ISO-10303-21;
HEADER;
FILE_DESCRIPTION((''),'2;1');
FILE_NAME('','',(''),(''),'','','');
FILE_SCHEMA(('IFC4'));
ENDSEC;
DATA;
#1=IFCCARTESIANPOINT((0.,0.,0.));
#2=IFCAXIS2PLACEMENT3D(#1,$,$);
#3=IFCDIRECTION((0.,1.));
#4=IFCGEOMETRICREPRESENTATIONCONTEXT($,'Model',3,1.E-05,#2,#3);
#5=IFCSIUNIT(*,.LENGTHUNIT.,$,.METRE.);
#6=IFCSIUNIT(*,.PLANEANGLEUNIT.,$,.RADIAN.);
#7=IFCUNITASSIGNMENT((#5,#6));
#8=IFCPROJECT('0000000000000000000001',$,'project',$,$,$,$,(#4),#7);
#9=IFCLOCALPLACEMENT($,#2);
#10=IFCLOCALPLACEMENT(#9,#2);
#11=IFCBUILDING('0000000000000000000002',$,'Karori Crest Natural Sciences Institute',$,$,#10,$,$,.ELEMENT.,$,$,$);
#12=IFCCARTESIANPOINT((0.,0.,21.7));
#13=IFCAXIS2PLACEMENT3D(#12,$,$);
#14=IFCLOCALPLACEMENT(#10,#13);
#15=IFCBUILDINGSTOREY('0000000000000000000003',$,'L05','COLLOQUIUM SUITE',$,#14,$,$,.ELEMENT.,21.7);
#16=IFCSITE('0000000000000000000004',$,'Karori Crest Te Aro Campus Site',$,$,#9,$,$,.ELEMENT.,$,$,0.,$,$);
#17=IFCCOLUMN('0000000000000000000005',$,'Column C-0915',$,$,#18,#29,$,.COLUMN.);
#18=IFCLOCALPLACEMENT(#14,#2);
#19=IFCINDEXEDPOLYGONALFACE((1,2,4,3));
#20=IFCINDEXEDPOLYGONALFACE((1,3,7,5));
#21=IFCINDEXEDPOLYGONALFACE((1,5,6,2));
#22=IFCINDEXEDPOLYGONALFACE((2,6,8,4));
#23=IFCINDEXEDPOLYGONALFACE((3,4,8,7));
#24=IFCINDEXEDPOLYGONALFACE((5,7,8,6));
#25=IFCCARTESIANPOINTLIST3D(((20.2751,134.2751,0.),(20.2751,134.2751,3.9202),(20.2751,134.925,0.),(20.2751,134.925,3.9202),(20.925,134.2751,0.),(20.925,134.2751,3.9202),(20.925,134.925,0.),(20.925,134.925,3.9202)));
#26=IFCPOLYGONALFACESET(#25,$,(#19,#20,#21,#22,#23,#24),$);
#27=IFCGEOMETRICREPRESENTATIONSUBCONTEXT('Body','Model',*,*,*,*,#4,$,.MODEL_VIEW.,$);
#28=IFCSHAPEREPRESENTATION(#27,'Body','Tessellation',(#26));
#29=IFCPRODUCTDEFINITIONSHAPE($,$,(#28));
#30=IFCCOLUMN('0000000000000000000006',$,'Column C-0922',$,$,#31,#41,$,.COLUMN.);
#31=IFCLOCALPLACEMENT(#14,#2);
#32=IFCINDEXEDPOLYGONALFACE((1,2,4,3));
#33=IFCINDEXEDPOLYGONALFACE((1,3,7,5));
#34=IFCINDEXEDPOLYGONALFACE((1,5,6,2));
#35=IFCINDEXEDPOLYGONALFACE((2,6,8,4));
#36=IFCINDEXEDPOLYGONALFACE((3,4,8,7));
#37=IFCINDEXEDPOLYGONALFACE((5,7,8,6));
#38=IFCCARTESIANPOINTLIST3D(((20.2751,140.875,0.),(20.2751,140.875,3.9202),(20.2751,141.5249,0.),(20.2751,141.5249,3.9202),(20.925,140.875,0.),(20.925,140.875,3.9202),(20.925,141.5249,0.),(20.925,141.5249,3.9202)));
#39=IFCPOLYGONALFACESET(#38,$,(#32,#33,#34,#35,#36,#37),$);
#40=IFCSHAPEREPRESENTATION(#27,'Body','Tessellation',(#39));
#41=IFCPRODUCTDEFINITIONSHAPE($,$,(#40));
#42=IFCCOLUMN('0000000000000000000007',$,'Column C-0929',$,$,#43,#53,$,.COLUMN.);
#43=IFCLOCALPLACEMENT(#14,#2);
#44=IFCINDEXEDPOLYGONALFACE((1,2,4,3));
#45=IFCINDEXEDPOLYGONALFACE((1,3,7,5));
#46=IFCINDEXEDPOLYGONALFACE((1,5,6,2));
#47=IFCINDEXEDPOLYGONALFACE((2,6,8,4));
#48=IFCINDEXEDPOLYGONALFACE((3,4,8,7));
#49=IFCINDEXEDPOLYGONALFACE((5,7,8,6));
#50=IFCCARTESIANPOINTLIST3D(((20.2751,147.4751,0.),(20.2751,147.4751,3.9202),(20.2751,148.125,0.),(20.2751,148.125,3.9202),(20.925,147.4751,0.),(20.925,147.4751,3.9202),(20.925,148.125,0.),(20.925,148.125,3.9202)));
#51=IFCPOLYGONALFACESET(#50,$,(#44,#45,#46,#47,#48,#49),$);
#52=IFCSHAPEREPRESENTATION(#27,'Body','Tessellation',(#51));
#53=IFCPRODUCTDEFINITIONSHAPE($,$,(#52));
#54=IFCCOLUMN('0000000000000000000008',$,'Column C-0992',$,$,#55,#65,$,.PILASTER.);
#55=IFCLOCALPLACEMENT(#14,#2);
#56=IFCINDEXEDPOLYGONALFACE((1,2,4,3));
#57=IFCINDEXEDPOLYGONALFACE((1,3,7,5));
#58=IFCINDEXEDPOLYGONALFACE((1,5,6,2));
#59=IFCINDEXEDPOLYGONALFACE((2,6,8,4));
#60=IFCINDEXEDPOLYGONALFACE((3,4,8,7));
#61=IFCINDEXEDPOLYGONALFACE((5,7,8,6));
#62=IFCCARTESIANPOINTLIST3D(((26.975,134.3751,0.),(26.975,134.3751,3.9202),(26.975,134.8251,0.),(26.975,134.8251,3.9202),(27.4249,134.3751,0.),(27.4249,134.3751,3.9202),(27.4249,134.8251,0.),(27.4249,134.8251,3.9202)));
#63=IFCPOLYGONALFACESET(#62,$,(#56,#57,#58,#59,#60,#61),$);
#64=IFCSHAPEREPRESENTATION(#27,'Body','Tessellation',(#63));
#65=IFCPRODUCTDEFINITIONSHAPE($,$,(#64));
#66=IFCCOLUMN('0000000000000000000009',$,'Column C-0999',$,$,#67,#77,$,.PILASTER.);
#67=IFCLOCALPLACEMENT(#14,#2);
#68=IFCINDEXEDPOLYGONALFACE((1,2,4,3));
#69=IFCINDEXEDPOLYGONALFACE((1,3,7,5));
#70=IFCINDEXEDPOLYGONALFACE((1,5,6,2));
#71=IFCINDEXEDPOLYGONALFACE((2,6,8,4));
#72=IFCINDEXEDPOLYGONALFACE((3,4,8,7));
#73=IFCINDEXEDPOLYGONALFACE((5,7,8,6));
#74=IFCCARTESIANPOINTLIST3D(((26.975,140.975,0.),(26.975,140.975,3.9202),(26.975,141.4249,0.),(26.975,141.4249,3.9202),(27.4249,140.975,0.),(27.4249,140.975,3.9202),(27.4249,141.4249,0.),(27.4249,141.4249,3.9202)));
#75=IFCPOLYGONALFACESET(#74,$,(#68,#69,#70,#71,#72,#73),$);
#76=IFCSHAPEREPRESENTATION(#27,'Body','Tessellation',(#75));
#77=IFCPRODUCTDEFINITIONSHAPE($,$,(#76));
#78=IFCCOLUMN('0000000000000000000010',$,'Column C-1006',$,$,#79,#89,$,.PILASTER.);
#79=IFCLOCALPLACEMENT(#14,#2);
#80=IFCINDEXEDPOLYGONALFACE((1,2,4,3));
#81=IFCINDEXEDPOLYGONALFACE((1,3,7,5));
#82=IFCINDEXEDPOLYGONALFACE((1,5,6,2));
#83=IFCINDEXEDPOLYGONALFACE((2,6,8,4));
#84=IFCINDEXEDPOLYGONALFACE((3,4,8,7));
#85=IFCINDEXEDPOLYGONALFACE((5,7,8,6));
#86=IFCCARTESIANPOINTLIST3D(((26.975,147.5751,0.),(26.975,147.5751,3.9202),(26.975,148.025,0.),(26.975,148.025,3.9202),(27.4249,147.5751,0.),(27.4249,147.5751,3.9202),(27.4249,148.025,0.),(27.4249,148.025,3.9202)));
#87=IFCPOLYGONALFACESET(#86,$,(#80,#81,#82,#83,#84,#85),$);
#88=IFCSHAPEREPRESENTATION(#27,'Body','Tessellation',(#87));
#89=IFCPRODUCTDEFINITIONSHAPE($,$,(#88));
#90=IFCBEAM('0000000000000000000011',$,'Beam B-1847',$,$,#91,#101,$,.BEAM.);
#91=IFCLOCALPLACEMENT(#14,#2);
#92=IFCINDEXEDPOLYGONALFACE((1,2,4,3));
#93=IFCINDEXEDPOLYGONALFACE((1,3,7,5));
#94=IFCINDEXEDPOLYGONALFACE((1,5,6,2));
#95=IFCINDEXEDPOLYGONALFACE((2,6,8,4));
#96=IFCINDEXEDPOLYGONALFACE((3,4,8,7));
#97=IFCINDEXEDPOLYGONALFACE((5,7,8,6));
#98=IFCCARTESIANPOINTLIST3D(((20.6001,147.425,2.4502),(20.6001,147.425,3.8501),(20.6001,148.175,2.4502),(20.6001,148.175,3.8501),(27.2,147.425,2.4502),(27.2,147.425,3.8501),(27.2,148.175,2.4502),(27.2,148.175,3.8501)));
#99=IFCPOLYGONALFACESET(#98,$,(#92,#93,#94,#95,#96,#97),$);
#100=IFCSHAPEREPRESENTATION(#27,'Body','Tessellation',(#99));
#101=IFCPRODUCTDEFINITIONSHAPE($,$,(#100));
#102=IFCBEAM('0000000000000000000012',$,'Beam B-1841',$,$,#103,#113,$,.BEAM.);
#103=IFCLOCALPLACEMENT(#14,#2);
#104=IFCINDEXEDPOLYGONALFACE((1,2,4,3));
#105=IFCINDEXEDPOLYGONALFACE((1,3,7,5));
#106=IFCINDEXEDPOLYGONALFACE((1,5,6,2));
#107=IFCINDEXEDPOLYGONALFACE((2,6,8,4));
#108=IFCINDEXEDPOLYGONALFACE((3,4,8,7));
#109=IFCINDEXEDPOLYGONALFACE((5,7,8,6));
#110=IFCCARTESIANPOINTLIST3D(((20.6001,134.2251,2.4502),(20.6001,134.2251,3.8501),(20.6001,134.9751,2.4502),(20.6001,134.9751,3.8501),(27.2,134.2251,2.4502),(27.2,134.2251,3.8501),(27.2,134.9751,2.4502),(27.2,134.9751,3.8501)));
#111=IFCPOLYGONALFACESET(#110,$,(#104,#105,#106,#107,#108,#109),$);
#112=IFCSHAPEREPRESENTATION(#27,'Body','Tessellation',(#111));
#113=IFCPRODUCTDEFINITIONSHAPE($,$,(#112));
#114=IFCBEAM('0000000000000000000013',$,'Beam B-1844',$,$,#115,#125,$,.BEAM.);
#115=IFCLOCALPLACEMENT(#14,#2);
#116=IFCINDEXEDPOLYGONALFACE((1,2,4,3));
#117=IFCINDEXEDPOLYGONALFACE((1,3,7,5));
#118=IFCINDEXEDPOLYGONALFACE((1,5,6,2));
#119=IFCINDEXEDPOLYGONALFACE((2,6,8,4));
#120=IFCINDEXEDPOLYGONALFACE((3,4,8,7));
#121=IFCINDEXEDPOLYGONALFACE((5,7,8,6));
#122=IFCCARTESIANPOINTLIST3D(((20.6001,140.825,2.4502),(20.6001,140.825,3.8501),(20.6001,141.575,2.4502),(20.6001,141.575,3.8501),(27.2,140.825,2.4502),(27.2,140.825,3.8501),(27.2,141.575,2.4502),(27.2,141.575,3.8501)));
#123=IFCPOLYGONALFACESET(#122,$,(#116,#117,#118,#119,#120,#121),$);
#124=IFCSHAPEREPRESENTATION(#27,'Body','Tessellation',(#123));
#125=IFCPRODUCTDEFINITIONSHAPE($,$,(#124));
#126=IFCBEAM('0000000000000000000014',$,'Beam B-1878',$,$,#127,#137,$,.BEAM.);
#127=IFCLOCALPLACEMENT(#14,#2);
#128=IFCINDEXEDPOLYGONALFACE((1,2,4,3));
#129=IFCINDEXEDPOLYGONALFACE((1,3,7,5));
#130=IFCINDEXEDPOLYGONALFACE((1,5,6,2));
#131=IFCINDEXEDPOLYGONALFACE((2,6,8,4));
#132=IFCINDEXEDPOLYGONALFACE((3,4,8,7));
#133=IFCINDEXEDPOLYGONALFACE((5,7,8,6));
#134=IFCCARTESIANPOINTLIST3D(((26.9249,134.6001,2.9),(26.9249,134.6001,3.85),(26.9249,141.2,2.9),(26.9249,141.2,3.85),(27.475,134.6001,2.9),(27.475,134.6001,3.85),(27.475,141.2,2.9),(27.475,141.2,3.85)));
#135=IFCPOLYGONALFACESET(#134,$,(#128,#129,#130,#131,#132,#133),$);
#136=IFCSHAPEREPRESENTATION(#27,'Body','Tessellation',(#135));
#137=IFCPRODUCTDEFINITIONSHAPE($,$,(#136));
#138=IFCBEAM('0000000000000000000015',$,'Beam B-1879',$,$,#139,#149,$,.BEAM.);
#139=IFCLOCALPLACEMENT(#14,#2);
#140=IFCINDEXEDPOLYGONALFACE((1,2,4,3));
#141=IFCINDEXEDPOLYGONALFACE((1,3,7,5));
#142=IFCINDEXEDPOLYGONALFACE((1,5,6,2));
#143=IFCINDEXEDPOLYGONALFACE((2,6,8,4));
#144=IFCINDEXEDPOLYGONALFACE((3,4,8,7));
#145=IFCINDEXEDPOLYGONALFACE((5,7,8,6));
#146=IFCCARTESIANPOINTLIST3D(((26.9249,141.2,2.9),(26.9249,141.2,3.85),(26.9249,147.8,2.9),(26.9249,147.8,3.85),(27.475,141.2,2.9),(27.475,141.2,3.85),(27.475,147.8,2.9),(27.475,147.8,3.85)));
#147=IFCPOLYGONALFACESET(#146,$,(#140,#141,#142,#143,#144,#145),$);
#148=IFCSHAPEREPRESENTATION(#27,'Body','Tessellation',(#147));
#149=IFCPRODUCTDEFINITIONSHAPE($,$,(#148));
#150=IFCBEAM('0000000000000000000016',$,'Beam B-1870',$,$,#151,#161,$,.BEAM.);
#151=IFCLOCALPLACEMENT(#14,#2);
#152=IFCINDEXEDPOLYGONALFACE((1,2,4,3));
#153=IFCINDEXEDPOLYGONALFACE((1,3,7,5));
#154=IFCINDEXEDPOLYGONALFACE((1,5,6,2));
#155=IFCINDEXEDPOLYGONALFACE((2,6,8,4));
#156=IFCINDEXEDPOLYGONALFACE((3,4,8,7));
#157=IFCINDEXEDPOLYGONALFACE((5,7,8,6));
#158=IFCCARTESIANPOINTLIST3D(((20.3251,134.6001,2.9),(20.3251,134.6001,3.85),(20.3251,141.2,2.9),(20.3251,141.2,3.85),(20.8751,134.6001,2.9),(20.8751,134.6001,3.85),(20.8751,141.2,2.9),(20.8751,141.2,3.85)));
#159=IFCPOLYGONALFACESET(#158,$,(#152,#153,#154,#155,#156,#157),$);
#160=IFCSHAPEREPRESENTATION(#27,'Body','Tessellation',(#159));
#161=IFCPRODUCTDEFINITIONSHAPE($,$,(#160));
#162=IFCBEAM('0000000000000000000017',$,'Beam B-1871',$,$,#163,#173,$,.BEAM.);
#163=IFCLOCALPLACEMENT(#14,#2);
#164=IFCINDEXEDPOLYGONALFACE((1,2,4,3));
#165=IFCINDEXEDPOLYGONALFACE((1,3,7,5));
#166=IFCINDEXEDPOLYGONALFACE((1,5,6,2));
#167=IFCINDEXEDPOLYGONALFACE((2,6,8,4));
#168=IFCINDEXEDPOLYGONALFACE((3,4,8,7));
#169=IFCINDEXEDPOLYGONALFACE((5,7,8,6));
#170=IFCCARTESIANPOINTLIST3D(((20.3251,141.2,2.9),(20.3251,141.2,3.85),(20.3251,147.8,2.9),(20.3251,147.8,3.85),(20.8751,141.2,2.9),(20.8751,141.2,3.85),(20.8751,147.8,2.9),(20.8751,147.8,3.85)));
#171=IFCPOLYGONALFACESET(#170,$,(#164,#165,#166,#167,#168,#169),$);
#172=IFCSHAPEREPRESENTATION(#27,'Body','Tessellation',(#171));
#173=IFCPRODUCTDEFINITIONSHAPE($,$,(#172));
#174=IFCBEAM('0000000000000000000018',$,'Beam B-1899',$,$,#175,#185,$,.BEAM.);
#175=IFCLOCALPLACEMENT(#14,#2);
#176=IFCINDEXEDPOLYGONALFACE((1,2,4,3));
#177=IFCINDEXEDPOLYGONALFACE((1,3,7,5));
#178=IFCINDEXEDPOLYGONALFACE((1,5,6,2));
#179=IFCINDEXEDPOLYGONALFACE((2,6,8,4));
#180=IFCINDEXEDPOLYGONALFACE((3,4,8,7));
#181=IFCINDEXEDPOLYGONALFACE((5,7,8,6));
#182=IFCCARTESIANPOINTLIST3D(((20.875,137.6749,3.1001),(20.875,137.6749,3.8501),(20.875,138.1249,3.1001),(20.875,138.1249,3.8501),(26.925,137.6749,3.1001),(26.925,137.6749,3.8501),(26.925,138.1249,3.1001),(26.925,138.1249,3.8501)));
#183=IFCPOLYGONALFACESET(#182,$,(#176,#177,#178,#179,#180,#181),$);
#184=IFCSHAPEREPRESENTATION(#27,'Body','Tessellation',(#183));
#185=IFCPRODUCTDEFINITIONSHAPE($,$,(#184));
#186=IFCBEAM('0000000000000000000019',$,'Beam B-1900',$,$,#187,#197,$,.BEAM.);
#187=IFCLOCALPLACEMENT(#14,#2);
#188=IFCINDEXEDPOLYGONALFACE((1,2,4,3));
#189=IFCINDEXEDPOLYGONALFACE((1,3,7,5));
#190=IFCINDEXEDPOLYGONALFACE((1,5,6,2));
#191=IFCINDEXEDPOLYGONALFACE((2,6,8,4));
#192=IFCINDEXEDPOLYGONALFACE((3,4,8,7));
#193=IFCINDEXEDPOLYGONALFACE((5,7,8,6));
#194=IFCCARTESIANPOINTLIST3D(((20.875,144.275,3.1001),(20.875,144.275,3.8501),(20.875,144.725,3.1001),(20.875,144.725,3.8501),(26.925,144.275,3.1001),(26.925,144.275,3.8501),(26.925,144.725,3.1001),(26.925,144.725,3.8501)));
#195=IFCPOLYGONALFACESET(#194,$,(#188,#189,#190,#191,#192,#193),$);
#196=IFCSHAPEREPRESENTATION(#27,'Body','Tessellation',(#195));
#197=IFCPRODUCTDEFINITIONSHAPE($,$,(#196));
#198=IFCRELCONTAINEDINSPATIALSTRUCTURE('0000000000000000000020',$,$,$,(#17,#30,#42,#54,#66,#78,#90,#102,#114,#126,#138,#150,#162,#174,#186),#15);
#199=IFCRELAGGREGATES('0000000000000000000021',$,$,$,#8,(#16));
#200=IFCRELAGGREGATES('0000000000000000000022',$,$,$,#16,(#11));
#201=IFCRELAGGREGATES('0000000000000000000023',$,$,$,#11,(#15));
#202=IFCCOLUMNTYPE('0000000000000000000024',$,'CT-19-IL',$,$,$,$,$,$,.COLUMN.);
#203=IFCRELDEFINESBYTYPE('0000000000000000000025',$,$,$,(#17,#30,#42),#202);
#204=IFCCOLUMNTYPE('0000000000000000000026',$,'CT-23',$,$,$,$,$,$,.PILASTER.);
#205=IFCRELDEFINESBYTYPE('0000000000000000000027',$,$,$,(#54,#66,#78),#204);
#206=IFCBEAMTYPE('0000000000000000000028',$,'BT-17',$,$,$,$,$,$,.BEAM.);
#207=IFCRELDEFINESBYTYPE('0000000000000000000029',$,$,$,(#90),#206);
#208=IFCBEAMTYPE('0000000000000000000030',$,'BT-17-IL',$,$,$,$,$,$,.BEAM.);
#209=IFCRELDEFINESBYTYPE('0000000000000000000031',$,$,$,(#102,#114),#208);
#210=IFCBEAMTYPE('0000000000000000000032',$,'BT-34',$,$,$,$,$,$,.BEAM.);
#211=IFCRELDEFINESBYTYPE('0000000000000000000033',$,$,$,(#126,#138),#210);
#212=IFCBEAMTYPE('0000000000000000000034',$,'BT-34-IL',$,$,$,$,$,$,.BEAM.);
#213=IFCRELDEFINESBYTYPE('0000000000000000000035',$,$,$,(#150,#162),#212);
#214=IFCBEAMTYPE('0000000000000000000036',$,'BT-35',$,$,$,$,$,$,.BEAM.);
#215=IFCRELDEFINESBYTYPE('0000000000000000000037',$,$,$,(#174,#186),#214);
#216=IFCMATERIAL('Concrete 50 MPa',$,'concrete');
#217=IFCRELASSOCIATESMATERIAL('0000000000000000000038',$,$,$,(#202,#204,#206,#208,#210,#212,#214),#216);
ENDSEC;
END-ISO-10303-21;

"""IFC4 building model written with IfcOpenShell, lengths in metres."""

from ifc_helpers import new_model, si_unit, direction, frame, origin, origin_2d, place, context, subcontext, project, spatial, rectangle, extrude, material, material_profile, profile_set, type_object, element, save


model = new_model("IFC4")

# Units and contexts
model_context = context("Model", 3, precision=1e-05, world=origin(), true_north=direction((0.0, 1.0)))
body_context = subcontext(model_context, "Body", "Model", "MODEL_VIEW")
ifc_project = project(units=[si_unit("LENGTHUNIT", "METRE"), si_unit("PLANEANGLEUNIT", "RADIAN")], contexts=[model_context])

# Site, building, storey
site_placement = place(None, origin())
site = spatial("IfcSite", under=ifc_project, at=site_placement, Name="Karori Crest Te Aro Campus Site", CompositionType="ELEMENT", RefElevation=0.0)
building_placement = place(site_placement, origin())
building = spatial("IfcBuilding", under=site, at=building_placement, Name="Karori Crest Natural Sciences Institute", CompositionType="ELEMENT")
storey_placement = place(building_placement, frame((0.0, 0.0, 21.7)))
storey = spatial("IfcBuildingStorey", under=building, at=storey_placement, Name="L05", Description="COLLOQUIUM SUITE", CompositionType="ELEMENT", Elevation=21.7)

# Columns
ifc_material_1 = material(Name="Concrete 50 MPa", Category="concrete")
ifc_material_profile_1 = material_profile(ifc_material_1, rectangle(XDim=0.6499, YDim=0.6499, at=origin_2d()), Name="RC650x650")
ifc_profile_set_1 = profile_set([ifc_material_profile_1], Name="Concrete 50 MPa")
column_type_1 = type_object("IfcColumnType", Name="CT-19-IL", PredefinedType="COLUMN", material=ifc_profile_set_1)
for number, where, z_axis, x_axis, name in (
    (1, (20.6001, 134.6001, 0.0), (0.0, 0.0, 1.0), (1.0, 0.0, 0.0), "Column C-0915"),
    (2, (20.6001, 141.2, 0.0), (0.0, 0.0, 1.0), (1.0, 0.0, 0.0), "Column C-0922"),
    (3, (20.6001, 147.8, 0.0), (0.0, 0.0, 1.0), (1.0, 0.0, 0.0), "Column C-0929"),
):
    element("IfcColumn", number, at=place(storey_placement, frame(where, z_axis=z_axis, x_axis=x_axis)), inside=storey, type_object=column_type_1, Name=name, PredefinedType="COLUMN", context=body_context, shape_type="SweptSolid", body=[
        extrude(rectangle(XDim=0.6499, YDim=0.6499, at=origin_2d()), origin(), (0.0, 0.0, 1.0), 3.9202),
    ])
ifc_material_profile_2 = material_profile(ifc_material_1, rectangle(XDim=0.45, YDim=0.45, at=origin_2d()), Name="RC450x450")
ifc_profile_set_2 = profile_set([ifc_material_profile_2], Name="Concrete 50 MPa")
column_type_2 = type_object("IfcColumnType", Name="CT-23", PredefinedType="PILASTER", material=ifc_profile_set_2)
for number, where, z_axis, x_axis, name in (
    (4, (27.2, 134.6001, 0.0), (0.0, 0.0, 1.0), (1.0, 0.0, 0.0), "Column C-0992"),
    (5, (27.2, 141.2, 0.0), (0.0, 0.0, 1.0), (1.0, 0.0, 0.0), "Column C-0999"),
    (6, (27.2, 147.8, 0.0), (0.0, 0.0, 1.0), (1.0, 0.0, 0.0), "Column C-1006"),
):
    element("IfcColumn", number, at=place(storey_placement, frame(where, z_axis=z_axis, x_axis=x_axis)), inside=storey, type_object=column_type_2, Name=name, PredefinedType="PILASTER", context=body_context, shape_type="SweptSolid", body=[
        extrude(rectangle(XDim=0.45, YDim=0.45, at=origin_2d()), origin(), (0.0, 0.0, 1.0), 3.9202),
    ])

# Beams
ifc_material_profile_3 = material_profile(ifc_material_1, rectangle(XDim=0.75, YDim=1.3999, at=origin_2d()), Name="RCB750x1400")
ifc_profile_set_3 = profile_set([ifc_material_profile_3], Name="Concrete 50 MPa")
beam_type_1 = type_object("IfcBeamType", Name="BT-17", PredefinedType="BEAM", material=ifc_profile_set_3)
beam_1_placement = place(storey_placement, frame((20.6001, 147.8, 3.1501), z_axis=(1.0, 0.0, 0.0), x_axis=(0.0, 1.0, 0.0)))
element("IfcBeam", 7, at=beam_1_placement, inside=storey, type_object=beam_type_1, Name="Beam B-1847", PredefinedType="BEAM", context=body_context, shape_type="SweptSolid", body=[
    extrude(rectangle(XDim=0.75, YDim=1.3999, at=origin_2d()), origin(), (0.0, 0.0, 1.0), 6.5999),
])
ifc_material_profile_4 = material_profile(ifc_material_1, rectangle(XDim=0.75, YDim=1.3999, at=origin_2d()), Name="RCB750x1400")
ifc_profile_set_4 = profile_set([ifc_material_profile_4], Name="Concrete 50 MPa")
beam_type_2 = type_object("IfcBeamType", Name="BT-17-IL", PredefinedType="BEAM", material=ifc_profile_set_4)
for number, where, z_axis, x_axis, name in (
    (8, (20.6001, 134.6001, 3.1501), (1.0, 0.0, 0.0), (0.0, 1.0, 0.0), "Beam B-1841"),
    (9, (20.6001, 141.2, 3.1501), (1.0, 0.0, 0.0), (0.0, 1.0, 0.0), "Beam B-1844"),
):
    element("IfcBeam", number, at=place(storey_placement, frame(where, z_axis=z_axis, x_axis=x_axis)), inside=storey, type_object=beam_type_2, Name=name, PredefinedType="BEAM", context=body_context, shape_type="SweptSolid", body=[
        extrude(rectangle(XDim=0.75, YDim=1.3999, at=origin_2d()), origin(), (0.0, 0.0, 1.0), 6.5999),
    ])
ifc_material_profile_5 = material_profile(ifc_material_1, rectangle(XDim=0.55, YDim=0.95, at=origin_2d()), Name="RCB550x950")
ifc_profile_set_5 = profile_set([ifc_material_profile_5], Name="Concrete 50 MPa")
beam_type_3 = type_object("IfcBeamType", Name="BT-34", PredefinedType="BEAM", material=ifc_profile_set_5)
beam_2_placement = place(storey_placement, frame((27.2, 134.6001, 3.375), z_axis=(0.0, 1.0, 0.0), x_axis=(-1.0, 0.0, 0.0)))
element("IfcBeam", 10, at=beam_2_placement, inside=storey, type_object=beam_type_3, Name="Beam B-1878", PredefinedType="BEAM", context=body_context, shape_type="SweptSolid", body=[
    extrude(rectangle(XDim=0.55, YDim=0.95, at=origin_2d()), origin(), (0.0, 0.0, 1.0), 6.5999),
])
beam_3_placement = place(storey_placement, frame((27.2, 141.2, 3.375), z_axis=(0.0, 1.0, 0.0), x_axis=(-1.0, 0.0, 0.0)))
element("IfcBeam", 11, at=beam_3_placement, inside=storey, type_object=beam_type_3, Name="Beam B-1879", PredefinedType="BEAM", context=body_context, shape_type="SweptSolid", body=[
    extrude(rectangle(XDim=0.55, YDim=0.95, at=origin_2d()), origin(), (0.0, 0.0, 1.0), 6.6001),
])
ifc_material_profile_6 = material_profile(ifc_material_1, rectangle(XDim=0.55, YDim=0.95, at=origin_2d()), Name="RCB550x950")
ifc_profile_set_6 = profile_set([ifc_material_profile_6], Name="Concrete 50 MPa")
beam_type_4 = type_object("IfcBeamType", Name="BT-34-IL", PredefinedType="BEAM", material=ifc_profile_set_6)
beam_4_placement = place(storey_placement, frame((20.6001, 134.6001, 3.375), z_axis=(0.0, 1.0, 0.0), x_axis=(-1.0, 0.0, 0.0)))
element("IfcBeam", 12, at=beam_4_placement, inside=storey, type_object=beam_type_4, Name="Beam B-1870", PredefinedType="BEAM", context=body_context, shape_type="SweptSolid", body=[
    extrude(rectangle(XDim=0.55, YDim=0.95, at=origin_2d()), origin(), (0.0, 0.0, 1.0), 6.5999),
])
beam_5_placement = place(storey_placement, frame((20.6001, 141.2, 3.375), z_axis=(0.0, 1.0, 0.0), x_axis=(-1.0, 0.0, 0.0)))
element("IfcBeam", 13, at=beam_5_placement, inside=storey, type_object=beam_type_4, Name="Beam B-1871", PredefinedType="BEAM", context=body_context, shape_type="SweptSolid", body=[
    extrude(rectangle(XDim=0.55, YDim=0.95, at=origin_2d()), origin(), (0.0, 0.0, 1.0), 6.6001),
])
ifc_material_profile_7 = material_profile(ifc_material_1, rectangle(XDim=0.45, YDim=0.75, at=origin_2d()), Name="RCB450x750")
ifc_profile_set_7 = profile_set([ifc_material_profile_7], Name="Concrete 50 MPa")
beam_type_5 = type_object("IfcBeamType", Name="BT-35", PredefinedType="BEAM", material=ifc_profile_set_7)
for number, where, z_axis, x_axis, name in (
    (14, (20.875, 137.8999, 3.4751), (1.0, 0.0, 0.0), (0.0, 1.0, 0.0), "Beam B-1899"),
    (15, (20.875, 144.5, 3.4751), (1.0, 0.0, 0.0), (0.0, 1.0, 0.0), "Beam B-1900"),
):
    element("IfcBeam", number, at=place(storey_placement, frame(where, z_axis=z_axis, x_axis=x_axis)), inside=storey, type_object=beam_type_5, Name=name, PredefinedType="BEAM", context=body_context, shape_type="SweptSolid", body=[
        extrude(rectangle(XDim=0.45, YDim=0.75, at=origin_2d()), origin(), (0.0, 0.0, 1.0), 6.05),
    ])

save(model, "model.ifc")
